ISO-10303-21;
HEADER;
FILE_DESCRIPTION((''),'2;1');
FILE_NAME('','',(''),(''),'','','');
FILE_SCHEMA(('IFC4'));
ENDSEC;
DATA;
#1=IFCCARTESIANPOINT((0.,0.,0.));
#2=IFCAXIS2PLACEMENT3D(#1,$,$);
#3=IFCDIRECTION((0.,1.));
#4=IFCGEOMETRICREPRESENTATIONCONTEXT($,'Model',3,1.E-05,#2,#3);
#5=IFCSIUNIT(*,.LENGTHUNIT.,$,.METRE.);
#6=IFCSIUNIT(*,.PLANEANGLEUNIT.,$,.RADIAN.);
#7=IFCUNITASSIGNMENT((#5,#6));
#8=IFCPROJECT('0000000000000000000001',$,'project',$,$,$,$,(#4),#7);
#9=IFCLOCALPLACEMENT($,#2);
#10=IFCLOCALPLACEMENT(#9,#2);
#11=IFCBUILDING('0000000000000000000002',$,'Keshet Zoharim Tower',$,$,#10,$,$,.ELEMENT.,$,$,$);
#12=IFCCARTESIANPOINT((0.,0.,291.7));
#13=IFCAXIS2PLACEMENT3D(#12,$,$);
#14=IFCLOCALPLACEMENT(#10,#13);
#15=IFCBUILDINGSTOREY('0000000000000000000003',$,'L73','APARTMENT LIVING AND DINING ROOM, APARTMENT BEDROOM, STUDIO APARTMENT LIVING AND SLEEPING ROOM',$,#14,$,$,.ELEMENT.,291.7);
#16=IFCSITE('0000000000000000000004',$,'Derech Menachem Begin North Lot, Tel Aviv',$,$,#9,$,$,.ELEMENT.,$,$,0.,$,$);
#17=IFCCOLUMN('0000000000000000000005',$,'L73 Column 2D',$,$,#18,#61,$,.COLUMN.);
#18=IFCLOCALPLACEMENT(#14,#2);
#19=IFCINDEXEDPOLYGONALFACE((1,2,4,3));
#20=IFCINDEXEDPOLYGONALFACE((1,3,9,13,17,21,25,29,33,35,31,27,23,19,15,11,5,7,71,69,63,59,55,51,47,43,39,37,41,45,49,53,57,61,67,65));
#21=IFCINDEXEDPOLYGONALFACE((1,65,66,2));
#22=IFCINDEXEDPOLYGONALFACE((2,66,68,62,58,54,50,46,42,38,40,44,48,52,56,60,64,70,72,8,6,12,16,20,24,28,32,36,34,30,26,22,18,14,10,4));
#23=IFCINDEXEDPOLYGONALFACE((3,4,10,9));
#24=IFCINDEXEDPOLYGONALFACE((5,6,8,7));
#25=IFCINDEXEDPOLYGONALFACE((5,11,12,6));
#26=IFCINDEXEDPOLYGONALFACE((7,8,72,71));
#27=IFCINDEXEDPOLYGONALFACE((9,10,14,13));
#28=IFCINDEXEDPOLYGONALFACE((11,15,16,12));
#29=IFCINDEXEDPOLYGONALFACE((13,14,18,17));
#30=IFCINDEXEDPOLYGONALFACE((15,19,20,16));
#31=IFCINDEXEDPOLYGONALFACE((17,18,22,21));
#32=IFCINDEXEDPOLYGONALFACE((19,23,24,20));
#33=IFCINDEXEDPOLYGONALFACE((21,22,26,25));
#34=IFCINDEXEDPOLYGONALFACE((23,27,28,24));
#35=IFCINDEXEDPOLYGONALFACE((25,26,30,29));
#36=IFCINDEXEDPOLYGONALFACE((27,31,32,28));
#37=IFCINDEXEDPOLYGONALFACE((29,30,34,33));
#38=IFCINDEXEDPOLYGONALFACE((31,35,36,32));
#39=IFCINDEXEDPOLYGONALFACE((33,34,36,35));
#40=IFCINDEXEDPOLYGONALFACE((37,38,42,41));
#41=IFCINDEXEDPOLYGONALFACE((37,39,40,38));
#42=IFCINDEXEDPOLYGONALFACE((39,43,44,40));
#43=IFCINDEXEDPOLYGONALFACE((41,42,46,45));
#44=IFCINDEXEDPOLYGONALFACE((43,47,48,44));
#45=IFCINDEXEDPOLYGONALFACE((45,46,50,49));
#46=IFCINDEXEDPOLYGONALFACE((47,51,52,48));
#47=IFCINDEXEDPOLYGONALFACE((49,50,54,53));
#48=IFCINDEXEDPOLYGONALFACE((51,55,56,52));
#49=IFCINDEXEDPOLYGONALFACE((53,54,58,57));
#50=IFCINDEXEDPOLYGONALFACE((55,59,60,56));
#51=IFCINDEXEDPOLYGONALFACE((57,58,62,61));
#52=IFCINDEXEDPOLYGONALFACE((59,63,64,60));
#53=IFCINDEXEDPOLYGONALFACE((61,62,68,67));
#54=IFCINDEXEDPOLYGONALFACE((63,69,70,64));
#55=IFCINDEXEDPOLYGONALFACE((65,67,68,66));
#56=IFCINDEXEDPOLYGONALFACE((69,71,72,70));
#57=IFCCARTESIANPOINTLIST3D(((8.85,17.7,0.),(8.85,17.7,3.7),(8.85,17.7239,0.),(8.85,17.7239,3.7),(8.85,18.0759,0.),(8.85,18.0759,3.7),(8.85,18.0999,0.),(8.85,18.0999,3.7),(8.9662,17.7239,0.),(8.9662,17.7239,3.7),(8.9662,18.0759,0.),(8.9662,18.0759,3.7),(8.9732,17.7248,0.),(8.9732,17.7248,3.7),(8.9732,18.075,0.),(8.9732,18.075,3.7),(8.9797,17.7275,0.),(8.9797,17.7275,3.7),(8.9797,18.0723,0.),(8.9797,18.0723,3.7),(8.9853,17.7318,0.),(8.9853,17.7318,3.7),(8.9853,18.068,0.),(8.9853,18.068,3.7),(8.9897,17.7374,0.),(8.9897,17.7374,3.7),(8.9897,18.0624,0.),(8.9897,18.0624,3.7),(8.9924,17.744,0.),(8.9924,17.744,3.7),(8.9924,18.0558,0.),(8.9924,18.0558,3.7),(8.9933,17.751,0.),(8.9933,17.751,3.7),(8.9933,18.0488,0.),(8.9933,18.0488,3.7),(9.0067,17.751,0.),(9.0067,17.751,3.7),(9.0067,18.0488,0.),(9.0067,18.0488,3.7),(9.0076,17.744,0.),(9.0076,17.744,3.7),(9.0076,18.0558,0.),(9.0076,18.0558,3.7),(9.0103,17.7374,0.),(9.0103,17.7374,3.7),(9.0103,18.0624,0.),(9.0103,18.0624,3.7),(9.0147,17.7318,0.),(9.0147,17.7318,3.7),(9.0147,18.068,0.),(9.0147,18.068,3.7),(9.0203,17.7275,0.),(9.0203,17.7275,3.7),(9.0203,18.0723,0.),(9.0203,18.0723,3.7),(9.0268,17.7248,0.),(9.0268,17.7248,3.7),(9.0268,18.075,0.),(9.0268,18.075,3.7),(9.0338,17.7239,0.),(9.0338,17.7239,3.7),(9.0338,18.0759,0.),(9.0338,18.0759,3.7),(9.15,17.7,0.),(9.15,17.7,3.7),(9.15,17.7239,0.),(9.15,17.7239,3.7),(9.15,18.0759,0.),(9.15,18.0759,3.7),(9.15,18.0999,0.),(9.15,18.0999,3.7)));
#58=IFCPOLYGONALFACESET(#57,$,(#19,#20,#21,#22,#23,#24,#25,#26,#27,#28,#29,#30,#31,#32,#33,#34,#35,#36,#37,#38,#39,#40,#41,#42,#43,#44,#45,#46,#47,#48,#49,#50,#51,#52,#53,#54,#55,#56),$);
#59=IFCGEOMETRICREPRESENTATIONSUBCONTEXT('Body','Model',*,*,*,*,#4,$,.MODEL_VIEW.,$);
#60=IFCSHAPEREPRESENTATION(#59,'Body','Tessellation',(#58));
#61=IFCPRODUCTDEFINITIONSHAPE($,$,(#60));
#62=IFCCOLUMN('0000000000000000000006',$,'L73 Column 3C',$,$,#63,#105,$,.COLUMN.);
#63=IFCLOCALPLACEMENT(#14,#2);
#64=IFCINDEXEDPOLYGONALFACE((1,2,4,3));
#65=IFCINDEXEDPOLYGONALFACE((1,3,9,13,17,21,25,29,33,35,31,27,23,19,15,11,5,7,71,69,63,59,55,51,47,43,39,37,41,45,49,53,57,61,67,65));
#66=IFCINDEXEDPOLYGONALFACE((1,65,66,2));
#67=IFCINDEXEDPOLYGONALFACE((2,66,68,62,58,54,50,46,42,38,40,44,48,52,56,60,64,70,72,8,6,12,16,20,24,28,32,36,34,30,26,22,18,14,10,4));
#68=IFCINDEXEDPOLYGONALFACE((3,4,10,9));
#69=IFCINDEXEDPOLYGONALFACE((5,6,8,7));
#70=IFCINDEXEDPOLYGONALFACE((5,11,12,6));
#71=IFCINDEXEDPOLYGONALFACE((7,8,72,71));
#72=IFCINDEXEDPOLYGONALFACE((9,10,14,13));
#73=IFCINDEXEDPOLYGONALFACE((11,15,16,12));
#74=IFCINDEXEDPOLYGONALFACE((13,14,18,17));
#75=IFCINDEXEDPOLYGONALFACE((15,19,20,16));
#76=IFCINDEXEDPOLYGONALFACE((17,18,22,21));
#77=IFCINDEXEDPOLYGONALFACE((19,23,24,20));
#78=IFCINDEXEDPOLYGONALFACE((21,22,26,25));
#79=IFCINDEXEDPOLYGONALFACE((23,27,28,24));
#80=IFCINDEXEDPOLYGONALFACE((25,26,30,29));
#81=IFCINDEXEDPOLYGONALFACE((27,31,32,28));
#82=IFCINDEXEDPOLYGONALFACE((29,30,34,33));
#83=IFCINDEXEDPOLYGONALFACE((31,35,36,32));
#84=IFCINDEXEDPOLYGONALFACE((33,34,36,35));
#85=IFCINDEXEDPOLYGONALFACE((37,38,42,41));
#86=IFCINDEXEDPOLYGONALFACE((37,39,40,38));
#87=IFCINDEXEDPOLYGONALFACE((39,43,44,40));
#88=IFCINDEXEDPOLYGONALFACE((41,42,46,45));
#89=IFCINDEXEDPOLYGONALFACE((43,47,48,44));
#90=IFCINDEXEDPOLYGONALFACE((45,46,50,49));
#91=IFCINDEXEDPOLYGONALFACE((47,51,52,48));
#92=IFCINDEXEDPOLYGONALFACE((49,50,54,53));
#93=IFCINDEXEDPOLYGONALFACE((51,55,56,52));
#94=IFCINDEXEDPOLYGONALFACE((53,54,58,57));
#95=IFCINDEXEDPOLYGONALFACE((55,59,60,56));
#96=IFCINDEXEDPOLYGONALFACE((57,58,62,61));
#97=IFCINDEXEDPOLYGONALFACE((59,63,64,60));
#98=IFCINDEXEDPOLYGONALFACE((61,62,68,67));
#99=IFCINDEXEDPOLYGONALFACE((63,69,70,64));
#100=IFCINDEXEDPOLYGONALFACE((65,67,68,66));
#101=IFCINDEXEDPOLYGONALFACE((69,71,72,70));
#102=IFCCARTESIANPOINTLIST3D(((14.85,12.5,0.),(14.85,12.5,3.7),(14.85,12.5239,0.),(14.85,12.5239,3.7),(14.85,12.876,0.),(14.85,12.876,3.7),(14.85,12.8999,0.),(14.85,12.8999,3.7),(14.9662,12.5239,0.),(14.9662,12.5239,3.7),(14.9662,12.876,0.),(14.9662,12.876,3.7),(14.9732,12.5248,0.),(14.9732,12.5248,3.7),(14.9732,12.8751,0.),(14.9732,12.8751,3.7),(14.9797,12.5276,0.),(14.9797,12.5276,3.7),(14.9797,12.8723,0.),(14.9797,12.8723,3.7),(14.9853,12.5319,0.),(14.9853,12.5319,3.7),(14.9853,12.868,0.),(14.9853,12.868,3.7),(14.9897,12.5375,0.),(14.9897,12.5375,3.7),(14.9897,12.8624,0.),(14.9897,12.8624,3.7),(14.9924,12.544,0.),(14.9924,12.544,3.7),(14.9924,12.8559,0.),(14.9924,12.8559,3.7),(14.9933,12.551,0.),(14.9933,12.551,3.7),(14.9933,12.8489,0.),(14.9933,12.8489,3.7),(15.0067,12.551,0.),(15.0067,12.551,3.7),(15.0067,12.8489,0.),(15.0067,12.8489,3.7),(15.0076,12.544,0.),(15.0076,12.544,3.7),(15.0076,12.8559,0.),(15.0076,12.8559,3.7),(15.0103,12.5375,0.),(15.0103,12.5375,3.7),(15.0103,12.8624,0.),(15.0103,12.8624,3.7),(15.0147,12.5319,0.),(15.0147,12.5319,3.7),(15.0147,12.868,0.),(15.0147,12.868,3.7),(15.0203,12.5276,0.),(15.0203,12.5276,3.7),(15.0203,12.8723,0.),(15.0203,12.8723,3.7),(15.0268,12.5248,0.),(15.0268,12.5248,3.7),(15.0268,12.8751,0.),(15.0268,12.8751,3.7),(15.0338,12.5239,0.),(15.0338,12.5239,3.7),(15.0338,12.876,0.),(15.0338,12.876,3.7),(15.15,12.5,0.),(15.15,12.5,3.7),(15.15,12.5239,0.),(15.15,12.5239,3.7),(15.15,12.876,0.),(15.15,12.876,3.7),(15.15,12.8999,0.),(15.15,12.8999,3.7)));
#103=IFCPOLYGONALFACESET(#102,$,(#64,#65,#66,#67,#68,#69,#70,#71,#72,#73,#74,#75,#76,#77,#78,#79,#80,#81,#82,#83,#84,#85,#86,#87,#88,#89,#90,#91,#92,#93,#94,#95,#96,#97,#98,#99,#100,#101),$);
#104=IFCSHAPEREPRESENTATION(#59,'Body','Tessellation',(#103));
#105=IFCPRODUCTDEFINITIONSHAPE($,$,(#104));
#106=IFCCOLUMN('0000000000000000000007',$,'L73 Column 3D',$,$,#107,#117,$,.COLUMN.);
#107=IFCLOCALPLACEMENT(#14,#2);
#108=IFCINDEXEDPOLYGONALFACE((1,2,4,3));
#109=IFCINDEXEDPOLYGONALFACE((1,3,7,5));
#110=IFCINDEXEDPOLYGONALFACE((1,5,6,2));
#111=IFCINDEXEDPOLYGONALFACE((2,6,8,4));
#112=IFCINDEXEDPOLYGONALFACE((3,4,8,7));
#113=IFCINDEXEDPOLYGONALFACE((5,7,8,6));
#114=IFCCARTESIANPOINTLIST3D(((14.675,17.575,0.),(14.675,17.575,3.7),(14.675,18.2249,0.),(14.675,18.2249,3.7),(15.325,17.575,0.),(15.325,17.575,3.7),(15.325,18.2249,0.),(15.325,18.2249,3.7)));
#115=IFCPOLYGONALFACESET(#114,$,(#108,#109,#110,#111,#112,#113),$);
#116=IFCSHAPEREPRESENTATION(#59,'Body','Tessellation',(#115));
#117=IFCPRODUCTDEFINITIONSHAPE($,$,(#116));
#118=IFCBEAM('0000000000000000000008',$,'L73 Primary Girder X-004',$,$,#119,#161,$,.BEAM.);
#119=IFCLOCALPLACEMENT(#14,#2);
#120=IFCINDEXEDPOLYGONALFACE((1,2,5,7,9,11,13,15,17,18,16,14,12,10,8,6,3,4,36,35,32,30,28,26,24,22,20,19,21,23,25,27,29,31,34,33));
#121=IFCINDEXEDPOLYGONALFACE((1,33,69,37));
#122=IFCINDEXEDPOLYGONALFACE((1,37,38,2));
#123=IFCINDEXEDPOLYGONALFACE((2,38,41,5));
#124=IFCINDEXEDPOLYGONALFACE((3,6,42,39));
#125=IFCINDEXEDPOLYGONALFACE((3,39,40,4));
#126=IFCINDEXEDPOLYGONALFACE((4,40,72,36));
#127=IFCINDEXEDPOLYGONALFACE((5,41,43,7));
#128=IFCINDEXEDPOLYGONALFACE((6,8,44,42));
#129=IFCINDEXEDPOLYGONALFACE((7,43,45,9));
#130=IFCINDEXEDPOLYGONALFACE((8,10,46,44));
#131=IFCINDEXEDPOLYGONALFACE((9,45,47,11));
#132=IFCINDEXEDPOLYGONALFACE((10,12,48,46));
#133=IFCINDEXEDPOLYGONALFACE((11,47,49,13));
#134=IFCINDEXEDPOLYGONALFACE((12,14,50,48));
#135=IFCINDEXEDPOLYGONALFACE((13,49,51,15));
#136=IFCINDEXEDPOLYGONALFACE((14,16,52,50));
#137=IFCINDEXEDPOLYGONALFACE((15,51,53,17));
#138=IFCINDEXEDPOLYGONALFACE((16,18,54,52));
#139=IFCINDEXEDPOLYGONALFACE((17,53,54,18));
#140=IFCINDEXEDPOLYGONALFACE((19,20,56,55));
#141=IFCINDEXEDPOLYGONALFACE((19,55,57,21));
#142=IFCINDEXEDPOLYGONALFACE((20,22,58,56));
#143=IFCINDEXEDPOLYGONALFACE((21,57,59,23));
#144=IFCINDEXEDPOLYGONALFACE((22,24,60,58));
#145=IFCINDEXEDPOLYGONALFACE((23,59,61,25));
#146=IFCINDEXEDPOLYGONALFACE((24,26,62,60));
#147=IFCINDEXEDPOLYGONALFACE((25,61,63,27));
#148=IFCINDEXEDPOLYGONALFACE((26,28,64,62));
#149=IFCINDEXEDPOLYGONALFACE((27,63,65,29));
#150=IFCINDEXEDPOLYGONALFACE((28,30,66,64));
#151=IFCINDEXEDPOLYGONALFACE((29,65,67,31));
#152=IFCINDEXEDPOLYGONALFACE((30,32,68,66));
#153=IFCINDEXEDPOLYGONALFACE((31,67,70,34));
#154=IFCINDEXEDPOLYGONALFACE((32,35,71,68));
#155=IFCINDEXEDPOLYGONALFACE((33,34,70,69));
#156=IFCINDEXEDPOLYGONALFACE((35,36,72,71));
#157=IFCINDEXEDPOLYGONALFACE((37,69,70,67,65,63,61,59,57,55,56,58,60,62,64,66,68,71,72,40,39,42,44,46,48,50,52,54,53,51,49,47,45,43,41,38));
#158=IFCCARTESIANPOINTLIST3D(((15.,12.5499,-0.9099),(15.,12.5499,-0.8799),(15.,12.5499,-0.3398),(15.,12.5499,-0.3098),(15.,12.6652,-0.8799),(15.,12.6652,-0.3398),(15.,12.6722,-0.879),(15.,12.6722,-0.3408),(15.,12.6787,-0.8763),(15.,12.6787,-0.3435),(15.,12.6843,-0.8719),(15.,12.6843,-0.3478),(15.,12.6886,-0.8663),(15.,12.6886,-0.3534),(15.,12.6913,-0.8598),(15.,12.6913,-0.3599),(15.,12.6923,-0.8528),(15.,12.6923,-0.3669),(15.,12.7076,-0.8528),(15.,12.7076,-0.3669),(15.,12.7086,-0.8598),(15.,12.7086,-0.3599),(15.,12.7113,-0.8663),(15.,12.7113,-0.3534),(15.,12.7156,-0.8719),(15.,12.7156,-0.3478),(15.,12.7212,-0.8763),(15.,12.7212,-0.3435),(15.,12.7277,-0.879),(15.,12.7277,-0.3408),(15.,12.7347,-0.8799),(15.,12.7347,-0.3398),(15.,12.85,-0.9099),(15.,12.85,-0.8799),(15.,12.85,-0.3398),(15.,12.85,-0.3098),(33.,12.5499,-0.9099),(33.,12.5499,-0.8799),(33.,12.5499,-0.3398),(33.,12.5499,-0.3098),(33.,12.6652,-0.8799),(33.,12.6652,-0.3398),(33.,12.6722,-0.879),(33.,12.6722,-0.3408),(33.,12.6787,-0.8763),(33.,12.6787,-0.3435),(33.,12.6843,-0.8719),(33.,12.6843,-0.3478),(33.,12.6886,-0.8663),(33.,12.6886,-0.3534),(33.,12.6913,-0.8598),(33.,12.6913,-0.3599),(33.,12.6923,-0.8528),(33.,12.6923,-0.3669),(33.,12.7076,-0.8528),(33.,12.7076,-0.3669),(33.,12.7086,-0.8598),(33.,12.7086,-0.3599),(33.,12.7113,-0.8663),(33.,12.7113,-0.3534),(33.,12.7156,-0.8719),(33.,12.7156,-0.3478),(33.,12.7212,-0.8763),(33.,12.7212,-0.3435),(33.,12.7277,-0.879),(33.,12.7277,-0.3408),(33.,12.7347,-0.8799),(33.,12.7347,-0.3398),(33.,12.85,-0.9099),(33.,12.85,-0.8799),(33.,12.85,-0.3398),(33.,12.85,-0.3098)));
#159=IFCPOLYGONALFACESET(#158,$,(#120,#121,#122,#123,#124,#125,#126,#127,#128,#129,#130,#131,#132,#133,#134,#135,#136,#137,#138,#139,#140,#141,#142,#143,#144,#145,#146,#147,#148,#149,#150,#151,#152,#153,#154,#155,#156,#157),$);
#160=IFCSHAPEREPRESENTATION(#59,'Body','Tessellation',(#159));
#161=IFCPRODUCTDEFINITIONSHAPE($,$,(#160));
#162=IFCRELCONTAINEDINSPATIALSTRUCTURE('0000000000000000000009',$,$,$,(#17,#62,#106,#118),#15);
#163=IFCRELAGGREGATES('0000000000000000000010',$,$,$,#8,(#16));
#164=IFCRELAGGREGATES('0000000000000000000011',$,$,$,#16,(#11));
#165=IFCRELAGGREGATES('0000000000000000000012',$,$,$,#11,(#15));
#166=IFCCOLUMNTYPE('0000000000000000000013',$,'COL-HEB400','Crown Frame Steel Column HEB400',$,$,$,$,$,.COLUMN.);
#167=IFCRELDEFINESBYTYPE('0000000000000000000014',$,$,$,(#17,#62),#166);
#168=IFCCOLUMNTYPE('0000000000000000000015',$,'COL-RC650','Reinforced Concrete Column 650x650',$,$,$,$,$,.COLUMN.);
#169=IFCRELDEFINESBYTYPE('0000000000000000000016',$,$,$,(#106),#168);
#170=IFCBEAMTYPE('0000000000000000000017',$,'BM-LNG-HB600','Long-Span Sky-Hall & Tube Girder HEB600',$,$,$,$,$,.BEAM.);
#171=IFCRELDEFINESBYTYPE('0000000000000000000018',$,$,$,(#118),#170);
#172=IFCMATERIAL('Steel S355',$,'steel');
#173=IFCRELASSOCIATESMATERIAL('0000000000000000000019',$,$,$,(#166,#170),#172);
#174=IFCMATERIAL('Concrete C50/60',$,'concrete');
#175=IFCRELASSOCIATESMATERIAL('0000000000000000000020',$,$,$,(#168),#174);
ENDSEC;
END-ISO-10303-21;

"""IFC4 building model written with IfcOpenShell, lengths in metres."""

from ifc_helpers import new_model, si_unit, direction, frame, origin, origin_2d, place, context, subcontext, project, spatial, rectangle, i_section, extrude, material, material_profile, profile_set, type_object, element, save


model = new_model("IFC4")

# Units and contexts
model_context = context("Model", 3, precision=1e-05, world=origin(), true_north=direction((0.0, 1.0)))
body_context = subcontext(model_context, "Body", "Model", "MODEL_VIEW")
ifc_project = project(units=[si_unit("LENGTHUNIT", "METRE"), si_unit("PLANEANGLEUNIT", "RADIAN")], contexts=[model_context])

# Site, building, storey
site_placement = place(None, origin())
site = spatial("IfcSite", under=ifc_project, at=site_placement, Name="Derech Menachem Begin North Lot, Tel Aviv", CompositionType="ELEMENT", RefElevation=0.0)
building_placement = place(site_placement, origin())
building = spatial("IfcBuilding", under=site, at=building_placement, Name="Keshet Zoharim Tower", CompositionType="ELEMENT")
storey_placement = place(building_placement, frame((0.0, 0.0, 291.7)))
storey = spatial("IfcBuildingStorey", under=building, at=storey_placement, Name="L73", Description="APARTMENT LIVING AND DINING ROOM, APARTMENT BEDROOM, STUDIO APARTMENT LIVING AND SLEEPING ROOM", CompositionType="ELEMENT", Elevation=291.7)

# Columns
ifc_material_1 = material(Name="Steel S355", Category="steel")
ifc_material_profile_1 = material_profile(ifc_material_1, i_section(OverallWidth=0.3, OverallDepth=0.3999, WebThickness=0.0134, FlangeThickness=0.0239, FilletRadius=0.0271, at=origin_2d()), Name="HEB400")
ifc_profile_set_1 = profile_set([ifc_material_profile_1], Name="Steel S355")
column_type_1 = type_object("IfcColumnType", Name="COL-HEB400", Description="Crown Frame Steel Column HEB400", PredefinedType="COLUMN", material=ifc_profile_set_1)
for number, where, z_axis, x_axis, name in (
    (1, (9.0, 17.8999, 0.0), (0.0, 0.0, 1.0), (1.0, 0.0, 0.0), "L73 Column 2D"),
    (2, (15.0, 12.7, 0.0), (0.0, 0.0, 1.0), (1.0, 0.0, 0.0), "L73 Column 3C"),
):
    element("IfcColumn", number, at=place(storey_placement, frame(where, z_axis=z_axis, x_axis=x_axis)), inside=storey, type_object=column_type_1, Name=name, PredefinedType="COLUMN", context=body_context, shape_type="SweptSolid", body=[
        extrude(i_section(OverallWidth=0.3, OverallDepth=0.3999, WebThickness=0.0134, FlangeThickness=0.0239, FilletRadius=0.0271, at=origin_2d()), origin(), (0.0, 0.0, 1.0), 3.7),
    ])
ifc_material_2 = material(Name="Concrete C50/60", Category="concrete")
ifc_material_profile_2 = material_profile(ifc_material_2, rectangle(XDim=0.6499, YDim=0.6499, at=origin_2d()), Name="RC650x650")
ifc_profile_set_2 = profile_set([ifc_material_profile_2], Name="Concrete C50/60")
column_type_2 = type_object("IfcColumnType", Name="COL-RC650", Description="Reinforced Concrete Column 650x650", PredefinedType="COLUMN", material=ifc_profile_set_2)
column_placement = place(storey_placement, frame((15.0, 17.8999, 0.0), z_axis=(0.0, 0.0, 1.0), x_axis=(1.0, 0.0, 0.0)))
element("IfcColumn", 3, at=column_placement, inside=storey, type_object=column_type_2, Name="L73 Column 3D", PredefinedType="COLUMN", context=body_context, shape_type="SweptSolid", body=[
    extrude(rectangle(XDim=0.6499, YDim=0.6499, at=origin_2d()), origin(), (0.0, 0.0, 1.0), 3.7),
])

# Beam
ifc_material_profile_3 = material_profile(ifc_material_1, i_section(OverallWidth=0.3, OverallDepth=0.6001, WebThickness=0.0154, FlangeThickness=0.03, FilletRadius=0.0271, at=origin_2d()), Name="HEB600")
ifc_profile_set_3 = profile_set([ifc_material_profile_3], Name="Steel S355")
beam_type_1 = type_object("IfcBeamType", Name="BM-LNG-HB600", Description="Long-Span Sky-Hall & Tube Girder HEB600", PredefinedType="BEAM", material=ifc_profile_set_3)
beam_1_placement = place(storey_placement, frame((15.0, 12.7, -0.6099), z_axis=(1.0, 0.0, 0.0), x_axis=(0.0, 1.0, 0.0)))
element("IfcBeam", 4, at=beam_1_placement, inside=storey, type_object=beam_type_1, Name="L73 Primary Girder X-004", PredefinedType="BEAM", context=body_context, shape_type="SweptSolid", body=[
    extrude(i_section(OverallWidth=0.3, OverallDepth=0.6001, WebThickness=0.0154, FlangeThickness=0.03, FilletRadius=0.0271, at=origin_2d()), origin(), (0.0, 0.0, 1.0), 18.0),
])

save(model, "model.ifc")
